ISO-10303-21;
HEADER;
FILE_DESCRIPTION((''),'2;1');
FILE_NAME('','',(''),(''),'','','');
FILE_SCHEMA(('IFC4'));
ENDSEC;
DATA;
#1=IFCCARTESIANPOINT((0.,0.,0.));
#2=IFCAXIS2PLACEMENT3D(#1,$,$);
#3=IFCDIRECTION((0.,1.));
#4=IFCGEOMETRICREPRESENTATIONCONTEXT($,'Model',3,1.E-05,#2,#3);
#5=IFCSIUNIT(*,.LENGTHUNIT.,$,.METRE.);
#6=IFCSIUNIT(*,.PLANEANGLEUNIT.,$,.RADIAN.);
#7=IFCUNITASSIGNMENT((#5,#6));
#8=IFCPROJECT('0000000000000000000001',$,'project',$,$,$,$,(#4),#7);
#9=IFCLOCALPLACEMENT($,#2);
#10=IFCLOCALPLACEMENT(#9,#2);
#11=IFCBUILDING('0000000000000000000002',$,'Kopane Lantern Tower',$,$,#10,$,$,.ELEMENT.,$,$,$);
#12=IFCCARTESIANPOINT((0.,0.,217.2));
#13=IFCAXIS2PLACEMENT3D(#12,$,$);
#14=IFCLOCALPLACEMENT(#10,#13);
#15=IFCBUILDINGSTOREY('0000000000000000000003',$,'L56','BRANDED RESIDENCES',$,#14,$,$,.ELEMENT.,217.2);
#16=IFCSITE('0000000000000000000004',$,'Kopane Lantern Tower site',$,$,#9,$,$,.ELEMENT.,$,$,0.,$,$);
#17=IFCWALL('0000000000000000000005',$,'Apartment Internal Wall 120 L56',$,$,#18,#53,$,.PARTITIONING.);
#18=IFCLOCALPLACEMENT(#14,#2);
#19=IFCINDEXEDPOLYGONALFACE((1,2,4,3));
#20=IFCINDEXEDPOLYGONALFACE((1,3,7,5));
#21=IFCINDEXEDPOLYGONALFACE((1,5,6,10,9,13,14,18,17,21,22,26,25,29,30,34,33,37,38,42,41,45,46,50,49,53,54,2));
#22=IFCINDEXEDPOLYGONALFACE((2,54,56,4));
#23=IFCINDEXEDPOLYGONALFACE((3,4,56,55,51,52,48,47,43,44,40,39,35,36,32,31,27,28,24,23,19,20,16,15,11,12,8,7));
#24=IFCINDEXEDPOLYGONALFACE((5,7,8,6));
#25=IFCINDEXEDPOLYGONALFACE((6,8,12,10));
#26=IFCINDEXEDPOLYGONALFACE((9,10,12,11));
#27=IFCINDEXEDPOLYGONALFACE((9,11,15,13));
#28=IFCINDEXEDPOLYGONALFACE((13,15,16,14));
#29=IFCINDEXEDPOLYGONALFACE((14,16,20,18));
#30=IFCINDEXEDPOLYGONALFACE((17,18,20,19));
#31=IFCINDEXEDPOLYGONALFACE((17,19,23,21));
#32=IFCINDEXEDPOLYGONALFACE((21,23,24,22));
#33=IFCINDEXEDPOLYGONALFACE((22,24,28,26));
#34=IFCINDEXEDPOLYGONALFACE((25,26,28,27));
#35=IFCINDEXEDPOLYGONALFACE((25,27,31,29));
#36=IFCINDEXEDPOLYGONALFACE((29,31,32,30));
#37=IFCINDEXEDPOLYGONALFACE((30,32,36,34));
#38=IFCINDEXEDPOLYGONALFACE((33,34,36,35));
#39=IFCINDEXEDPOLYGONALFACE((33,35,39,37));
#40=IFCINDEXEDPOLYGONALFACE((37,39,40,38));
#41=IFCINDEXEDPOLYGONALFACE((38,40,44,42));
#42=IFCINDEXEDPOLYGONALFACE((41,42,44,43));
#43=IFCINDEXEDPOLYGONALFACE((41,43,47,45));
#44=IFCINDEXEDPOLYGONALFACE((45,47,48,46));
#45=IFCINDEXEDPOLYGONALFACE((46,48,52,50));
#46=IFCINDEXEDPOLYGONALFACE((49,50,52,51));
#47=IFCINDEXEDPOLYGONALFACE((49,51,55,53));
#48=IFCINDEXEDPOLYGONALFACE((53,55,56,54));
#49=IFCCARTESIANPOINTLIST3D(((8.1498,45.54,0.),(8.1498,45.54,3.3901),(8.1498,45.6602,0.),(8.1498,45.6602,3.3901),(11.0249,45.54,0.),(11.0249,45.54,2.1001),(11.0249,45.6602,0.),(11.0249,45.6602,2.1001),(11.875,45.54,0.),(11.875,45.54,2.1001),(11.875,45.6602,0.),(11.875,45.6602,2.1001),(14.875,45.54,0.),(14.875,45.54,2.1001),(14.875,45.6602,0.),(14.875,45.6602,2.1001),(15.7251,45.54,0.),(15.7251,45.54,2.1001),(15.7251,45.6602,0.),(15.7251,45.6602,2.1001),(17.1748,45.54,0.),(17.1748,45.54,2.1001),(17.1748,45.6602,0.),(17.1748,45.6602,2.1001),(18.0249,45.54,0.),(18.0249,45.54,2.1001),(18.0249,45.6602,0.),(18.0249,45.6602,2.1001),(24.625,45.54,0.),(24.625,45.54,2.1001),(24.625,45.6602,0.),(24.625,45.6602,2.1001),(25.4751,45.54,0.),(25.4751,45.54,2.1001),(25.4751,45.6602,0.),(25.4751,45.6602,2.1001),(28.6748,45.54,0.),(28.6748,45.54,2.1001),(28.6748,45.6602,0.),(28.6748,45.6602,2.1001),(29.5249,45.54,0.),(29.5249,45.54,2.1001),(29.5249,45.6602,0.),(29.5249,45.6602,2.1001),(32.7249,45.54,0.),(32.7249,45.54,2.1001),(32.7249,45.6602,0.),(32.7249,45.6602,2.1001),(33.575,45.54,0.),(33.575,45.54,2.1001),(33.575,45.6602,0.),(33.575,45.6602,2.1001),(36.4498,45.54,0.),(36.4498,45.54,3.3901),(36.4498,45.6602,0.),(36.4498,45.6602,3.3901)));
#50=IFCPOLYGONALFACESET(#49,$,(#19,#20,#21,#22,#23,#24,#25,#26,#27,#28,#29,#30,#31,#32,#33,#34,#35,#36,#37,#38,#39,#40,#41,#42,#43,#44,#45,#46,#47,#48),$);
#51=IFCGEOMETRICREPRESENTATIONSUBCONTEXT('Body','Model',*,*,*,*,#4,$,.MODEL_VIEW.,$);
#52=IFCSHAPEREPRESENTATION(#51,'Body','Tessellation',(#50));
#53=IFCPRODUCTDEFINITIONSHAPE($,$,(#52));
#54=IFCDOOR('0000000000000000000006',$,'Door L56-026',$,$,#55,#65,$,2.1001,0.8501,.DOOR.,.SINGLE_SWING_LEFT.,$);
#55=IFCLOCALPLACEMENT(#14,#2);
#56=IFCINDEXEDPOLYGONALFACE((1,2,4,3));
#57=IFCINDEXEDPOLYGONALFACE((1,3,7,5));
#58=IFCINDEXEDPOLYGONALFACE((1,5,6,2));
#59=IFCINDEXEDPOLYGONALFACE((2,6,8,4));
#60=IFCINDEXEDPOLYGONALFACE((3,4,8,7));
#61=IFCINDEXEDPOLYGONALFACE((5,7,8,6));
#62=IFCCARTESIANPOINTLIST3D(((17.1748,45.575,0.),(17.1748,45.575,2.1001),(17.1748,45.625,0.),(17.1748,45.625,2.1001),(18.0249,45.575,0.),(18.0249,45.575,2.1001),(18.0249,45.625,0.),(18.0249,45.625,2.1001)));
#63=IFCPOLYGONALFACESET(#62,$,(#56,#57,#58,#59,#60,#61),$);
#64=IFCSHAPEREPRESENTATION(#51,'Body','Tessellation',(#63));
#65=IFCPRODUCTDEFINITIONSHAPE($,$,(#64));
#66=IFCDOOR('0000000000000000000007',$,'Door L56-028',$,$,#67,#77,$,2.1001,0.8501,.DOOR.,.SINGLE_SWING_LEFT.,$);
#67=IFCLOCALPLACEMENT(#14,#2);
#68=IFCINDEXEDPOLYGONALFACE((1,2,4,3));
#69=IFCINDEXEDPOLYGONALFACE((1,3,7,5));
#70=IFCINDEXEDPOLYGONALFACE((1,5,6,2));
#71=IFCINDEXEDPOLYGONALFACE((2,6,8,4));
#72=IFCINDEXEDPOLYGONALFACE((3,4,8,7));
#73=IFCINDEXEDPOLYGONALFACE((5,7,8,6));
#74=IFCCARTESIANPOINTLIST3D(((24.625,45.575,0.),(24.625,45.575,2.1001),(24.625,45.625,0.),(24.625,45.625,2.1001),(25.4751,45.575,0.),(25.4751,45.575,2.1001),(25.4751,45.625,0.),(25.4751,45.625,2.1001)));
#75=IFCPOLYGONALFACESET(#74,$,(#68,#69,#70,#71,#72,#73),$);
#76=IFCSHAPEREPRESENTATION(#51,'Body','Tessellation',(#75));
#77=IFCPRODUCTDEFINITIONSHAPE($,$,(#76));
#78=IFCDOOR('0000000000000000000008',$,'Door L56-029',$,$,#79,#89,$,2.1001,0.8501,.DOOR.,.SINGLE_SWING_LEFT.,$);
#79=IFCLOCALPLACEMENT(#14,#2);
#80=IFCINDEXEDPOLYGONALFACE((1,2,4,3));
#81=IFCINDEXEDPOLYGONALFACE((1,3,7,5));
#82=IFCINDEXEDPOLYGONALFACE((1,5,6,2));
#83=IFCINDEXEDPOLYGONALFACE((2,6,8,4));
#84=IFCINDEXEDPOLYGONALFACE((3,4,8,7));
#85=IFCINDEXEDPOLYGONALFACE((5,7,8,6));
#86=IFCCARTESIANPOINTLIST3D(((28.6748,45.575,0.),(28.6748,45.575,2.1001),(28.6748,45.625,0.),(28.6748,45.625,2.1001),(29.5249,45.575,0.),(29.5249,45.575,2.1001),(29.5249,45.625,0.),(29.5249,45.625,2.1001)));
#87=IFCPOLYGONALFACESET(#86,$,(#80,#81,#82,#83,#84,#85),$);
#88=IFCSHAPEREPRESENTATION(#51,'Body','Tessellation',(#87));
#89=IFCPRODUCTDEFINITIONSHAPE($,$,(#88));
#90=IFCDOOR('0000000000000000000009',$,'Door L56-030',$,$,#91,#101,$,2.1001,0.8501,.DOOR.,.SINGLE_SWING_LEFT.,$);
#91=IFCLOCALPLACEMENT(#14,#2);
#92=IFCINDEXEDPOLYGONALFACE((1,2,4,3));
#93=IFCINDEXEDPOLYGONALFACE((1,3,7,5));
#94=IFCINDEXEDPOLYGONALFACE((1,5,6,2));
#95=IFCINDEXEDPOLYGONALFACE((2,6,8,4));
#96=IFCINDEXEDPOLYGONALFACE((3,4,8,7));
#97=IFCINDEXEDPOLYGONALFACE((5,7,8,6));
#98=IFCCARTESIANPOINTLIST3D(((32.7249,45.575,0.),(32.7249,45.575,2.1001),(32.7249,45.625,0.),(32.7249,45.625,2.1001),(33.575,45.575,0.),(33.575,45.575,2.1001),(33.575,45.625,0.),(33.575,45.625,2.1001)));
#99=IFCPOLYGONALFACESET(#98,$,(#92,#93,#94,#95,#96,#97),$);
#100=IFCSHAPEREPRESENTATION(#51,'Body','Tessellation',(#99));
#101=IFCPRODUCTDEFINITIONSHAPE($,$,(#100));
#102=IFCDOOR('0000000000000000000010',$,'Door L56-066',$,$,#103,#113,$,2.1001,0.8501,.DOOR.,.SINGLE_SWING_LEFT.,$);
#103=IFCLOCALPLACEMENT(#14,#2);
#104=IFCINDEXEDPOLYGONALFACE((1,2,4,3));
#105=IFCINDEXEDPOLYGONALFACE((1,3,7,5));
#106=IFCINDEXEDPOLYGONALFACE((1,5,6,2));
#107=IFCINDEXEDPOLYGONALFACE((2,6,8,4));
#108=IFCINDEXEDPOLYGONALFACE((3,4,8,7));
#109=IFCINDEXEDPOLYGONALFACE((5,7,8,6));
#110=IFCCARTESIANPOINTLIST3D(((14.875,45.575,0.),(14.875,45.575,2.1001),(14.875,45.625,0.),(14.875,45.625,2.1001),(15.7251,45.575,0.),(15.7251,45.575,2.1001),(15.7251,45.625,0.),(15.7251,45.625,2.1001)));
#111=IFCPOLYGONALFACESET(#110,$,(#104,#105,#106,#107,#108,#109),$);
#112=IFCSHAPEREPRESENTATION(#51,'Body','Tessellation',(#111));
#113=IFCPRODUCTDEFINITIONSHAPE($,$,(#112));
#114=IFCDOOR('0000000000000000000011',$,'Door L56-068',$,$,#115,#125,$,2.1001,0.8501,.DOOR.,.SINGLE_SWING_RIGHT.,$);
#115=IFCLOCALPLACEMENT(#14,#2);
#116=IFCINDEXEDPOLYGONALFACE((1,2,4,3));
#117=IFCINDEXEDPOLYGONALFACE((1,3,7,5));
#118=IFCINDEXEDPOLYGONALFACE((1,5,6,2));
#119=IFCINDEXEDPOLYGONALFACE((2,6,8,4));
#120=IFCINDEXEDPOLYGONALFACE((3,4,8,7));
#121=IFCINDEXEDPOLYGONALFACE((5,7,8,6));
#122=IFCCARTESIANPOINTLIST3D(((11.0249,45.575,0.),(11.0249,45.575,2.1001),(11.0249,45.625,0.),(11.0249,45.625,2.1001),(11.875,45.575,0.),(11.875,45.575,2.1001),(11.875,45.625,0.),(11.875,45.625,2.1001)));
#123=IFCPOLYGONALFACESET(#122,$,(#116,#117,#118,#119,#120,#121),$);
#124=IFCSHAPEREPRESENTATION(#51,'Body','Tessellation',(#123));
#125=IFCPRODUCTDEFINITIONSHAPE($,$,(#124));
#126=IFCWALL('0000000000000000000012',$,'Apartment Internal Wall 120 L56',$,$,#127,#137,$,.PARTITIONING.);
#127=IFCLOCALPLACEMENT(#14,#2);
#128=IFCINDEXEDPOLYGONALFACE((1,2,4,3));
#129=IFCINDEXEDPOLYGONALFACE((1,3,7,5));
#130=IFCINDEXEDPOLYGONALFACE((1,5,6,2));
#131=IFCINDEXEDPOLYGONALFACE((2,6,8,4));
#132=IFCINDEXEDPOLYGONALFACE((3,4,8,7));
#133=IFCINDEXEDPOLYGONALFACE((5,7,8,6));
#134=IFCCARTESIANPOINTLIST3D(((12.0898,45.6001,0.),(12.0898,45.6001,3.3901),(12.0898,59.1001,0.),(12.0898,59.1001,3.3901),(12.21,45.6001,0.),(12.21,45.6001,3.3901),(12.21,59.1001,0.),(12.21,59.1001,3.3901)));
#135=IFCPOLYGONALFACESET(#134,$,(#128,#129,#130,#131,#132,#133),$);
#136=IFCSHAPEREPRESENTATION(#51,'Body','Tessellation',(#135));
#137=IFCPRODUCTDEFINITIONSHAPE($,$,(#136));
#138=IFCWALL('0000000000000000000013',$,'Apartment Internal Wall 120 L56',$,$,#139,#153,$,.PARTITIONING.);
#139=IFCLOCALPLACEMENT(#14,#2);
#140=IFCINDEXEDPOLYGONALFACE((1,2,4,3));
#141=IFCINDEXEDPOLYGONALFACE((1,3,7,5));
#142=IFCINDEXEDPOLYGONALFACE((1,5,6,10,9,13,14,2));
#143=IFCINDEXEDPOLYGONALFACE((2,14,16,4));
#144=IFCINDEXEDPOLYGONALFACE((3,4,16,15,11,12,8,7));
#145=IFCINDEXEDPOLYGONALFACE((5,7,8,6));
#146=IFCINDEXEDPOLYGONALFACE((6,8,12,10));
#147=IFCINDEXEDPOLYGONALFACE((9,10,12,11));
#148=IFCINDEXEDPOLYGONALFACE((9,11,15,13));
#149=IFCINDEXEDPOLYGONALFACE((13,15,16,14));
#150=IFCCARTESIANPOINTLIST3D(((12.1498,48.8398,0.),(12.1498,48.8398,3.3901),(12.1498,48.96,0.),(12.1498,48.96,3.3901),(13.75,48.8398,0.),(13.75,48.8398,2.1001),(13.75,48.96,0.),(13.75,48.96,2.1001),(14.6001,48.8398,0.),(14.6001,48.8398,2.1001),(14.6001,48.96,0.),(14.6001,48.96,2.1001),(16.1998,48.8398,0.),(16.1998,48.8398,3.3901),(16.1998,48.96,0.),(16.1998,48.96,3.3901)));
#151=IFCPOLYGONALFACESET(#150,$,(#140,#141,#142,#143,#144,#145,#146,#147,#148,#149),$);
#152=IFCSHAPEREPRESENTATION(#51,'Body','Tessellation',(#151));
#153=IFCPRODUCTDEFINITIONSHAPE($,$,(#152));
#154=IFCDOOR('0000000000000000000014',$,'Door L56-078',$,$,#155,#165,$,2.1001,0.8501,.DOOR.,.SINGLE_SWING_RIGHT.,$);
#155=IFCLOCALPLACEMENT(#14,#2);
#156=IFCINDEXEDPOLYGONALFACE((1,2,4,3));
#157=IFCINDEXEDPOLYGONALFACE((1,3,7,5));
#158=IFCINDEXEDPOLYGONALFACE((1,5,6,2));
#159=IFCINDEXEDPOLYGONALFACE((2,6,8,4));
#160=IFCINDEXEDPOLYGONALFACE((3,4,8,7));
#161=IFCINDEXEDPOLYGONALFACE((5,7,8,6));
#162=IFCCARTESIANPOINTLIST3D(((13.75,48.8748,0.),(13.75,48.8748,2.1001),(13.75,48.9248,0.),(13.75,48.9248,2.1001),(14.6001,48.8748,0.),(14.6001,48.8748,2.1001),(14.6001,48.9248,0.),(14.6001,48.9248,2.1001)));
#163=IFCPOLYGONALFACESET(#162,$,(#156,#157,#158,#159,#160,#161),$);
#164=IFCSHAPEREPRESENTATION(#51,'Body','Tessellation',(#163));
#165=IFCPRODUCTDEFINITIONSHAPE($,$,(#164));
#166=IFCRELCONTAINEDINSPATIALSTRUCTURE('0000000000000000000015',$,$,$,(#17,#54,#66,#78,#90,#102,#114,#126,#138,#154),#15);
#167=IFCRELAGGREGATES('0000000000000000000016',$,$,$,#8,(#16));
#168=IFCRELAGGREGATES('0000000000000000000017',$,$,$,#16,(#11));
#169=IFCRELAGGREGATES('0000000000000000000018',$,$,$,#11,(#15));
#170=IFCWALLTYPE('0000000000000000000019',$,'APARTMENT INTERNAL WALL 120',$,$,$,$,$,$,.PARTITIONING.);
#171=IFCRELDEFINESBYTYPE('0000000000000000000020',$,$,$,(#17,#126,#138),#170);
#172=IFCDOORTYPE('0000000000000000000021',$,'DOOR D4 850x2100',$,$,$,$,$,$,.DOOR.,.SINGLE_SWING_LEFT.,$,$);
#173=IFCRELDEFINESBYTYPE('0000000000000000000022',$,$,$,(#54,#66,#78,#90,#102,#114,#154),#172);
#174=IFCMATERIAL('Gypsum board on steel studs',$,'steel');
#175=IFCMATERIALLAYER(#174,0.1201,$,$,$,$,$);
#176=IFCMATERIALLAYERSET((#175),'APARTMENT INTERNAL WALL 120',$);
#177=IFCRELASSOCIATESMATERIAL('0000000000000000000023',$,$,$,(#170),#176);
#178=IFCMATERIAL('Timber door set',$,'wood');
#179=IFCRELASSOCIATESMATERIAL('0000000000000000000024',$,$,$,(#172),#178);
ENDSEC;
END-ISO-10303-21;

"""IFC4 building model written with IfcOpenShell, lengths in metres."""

from ifc_helpers import new_model, si_unit, direction, frame, frame_2d, origin, place, context, subcontext, project, spatial, rectangle, extrude, material, layer, layer_set, type_object, element, fill, save


model = new_model("IFC4")

# Units and contexts
model_context = context("Model", 3, precision=1e-05, world=origin(), true_north=direction((0.0, 1.0)))
body_context = subcontext(model_context, "Body", "Model", "MODEL_VIEW")
ifc_project = project(units=[si_unit("LENGTHUNIT", "METRE"), si_unit("PLANEANGLEUNIT", "RADIAN")], contexts=[model_context])

# Site, building, storey
site_placement = place(None, origin())
site = spatial("IfcSite", under=ifc_project, at=site_placement, Name="Kopane Lantern Tower site", CompositionType="ELEMENT", RefElevation=0.0)
building_placement = place(site_placement, origin())
building = spatial("IfcBuilding", under=site, at=building_placement, Name="Kopane Lantern Tower", CompositionType="ELEMENT")
storey_placement = place(building_placement, frame((0.0, 0.0, 217.2)))
storey = spatial("IfcBuildingStorey", under=building, at=storey_placement, Name="L56", Description="BRANDED RESIDENCES", CompositionType="ELEMENT", Elevation=217.2)

# Wall, openings, doors
ifc_material_1 = material(Name="Gypsum board on steel studs", Category="steel")
ifc_layer = layer(ifc_material_1, 0.1201)
ifc_layer_set = layer_set([ifc_layer], Name="APARTMENT INTERNAL WALL 120")
wall_type = type_object("IfcWallType", Name="APARTMENT INTERNAL WALL 120", PredefinedType="PARTITIONING", material=ifc_layer_set)
wall_1_placement = place(storey_placement, frame((8.1499, 45.6001, 0.0), z_axis=(0.0, 0.0, 1.0), x_axis=(1.0, 0.0, 0.0)))
wall_1 = element("IfcWall", 1, at=wall_1_placement, inside=storey, type_object=wall_type, Name="Apartment Internal Wall 120 L56", PredefinedType="PARTITIONING", context=body_context, shape_type="SweptSolid", body=[
    extrude(rectangle(XDim=28.3, YDim=0.1201, at=frame_2d((14.1499, 0.0))), origin(), (0.0, 0.0, 1.0), 3.3901),
])
opening_1_placement = place(wall_1_placement, frame((9.0249, 0.0, 0.0)))
opening_1 = element("IfcOpeningElement", 2, at=opening_1_placement, cuts=wall_1, PredefinedType="OPENING", context=body_context, shape_type="SweptSolid", body=[
    extrude(rectangle(XDim=0.8501, YDim=2.1001, at=frame_2d((0.425, 1.05))), frame((0.0, 0.0701, 0.0), z_axis=(0.0, -1.0, 0.0), x_axis=(1.0, 0.0, 0.0)), (0.0, 0.0, 1.0), 0.1401),
])
opening_2_placement = place(wall_1_placement, frame((16.4751, 0.0, 0.0)))
opening_2 = element("IfcOpeningElement", 3, at=opening_2_placement, cuts=wall_1, PredefinedType="OPENING", context=body_context, shape_type="SweptSolid", body=[
    extrude(rectangle(XDim=0.8501, YDim=2.1001, at=frame_2d((0.425, 1.05))), frame((0.0, 0.0701, 0.0), z_axis=(0.0, -1.0, 0.0), x_axis=(1.0, 0.0, 0.0)), (0.0, 0.0, 1.0), 0.1401),
])
opening_3_placement = place(wall_1_placement, frame((20.5249, 0.0, 0.0)))
opening_3 = element("IfcOpeningElement", 4, at=opening_3_placement, cuts=wall_1, PredefinedType="OPENING", context=body_context, shape_type="SweptSolid", body=[
    extrude(rectangle(XDim=0.8501, YDim=2.1001, at=frame_2d((0.425, 1.05))), frame((0.0, 0.0701, 0.0), z_axis=(0.0, -1.0, 0.0), x_axis=(1.0, 0.0, 0.0)), (0.0, 0.0, 1.0), 0.1401),
])
opening_4_placement = place(wall_1_placement, frame((24.575, 0.0, 0.0)))
opening_4 = element("IfcOpeningElement", 5, at=opening_4_placement, cuts=wall_1, PredefinedType="OPENING", context=body_context, shape_type="SweptSolid", body=[
    extrude(rectangle(XDim=0.8501, YDim=2.1001, at=frame_2d((0.425, 1.05))), frame((0.0, 0.0701, 0.0), z_axis=(0.0, -1.0, 0.0), x_axis=(1.0, 0.0, 0.0)), (0.0, 0.0, 1.0), 0.1401),
])
opening_5_placement = place(wall_1_placement, frame((6.7251, 0.0, 0.0)))
opening_5 = element("IfcOpeningElement", 6, at=opening_5_placement, cuts=wall_1, PredefinedType="OPENING", context=body_context, shape_type="SweptSolid", body=[
    extrude(rectangle(XDim=0.8501, YDim=2.1001, at=frame_2d((0.425, 1.05))), frame((0.0, 0.0701, 0.0), z_axis=(0.0, -1.0, 0.0), x_axis=(1.0, 0.0, 0.0)), (0.0, 0.0, 1.0), 0.1401),
])
opening_6_placement = place(wall_1_placement, frame((2.875, 0.0, 0.0)))
opening_6 = element("IfcOpeningElement", 7, at=opening_6_placement, cuts=wall_1, PredefinedType="OPENING", context=body_context, shape_type="SweptSolid", body=[
    extrude(rectangle(XDim=0.8501, YDim=2.1001, at=frame_2d((0.425, 1.05))), frame((0.0, 0.0701, 0.0), z_axis=(0.0, -1.0, 0.0), x_axis=(1.0, 0.0, 0.0)), (0.0, 0.0, 1.0), 0.1401),
])
ifc_material_2 = material(Name="Timber door set", Category="wood")
door_type = type_object("IfcDoorType", Name="DOOR D4 850x2100", OperationType="SINGLE_SWING_LEFT", PredefinedType="DOOR", material=ifc_material_2)
door_1_placement = place(opening_1_placement, origin())
door_1 = element("IfcDoor", 8, at=door_1_placement, inside=storey, type_object=door_type, Name="Door L56-026", OperationType="SINGLE_SWING_LEFT", OverallHeight=2.1001, OverallWidth=0.8501, PredefinedType="DOOR", context=body_context, shape_type="SweptSolid", body=[
    extrude(rectangle(XDim=0.8501, YDim=2.1001, at=frame_2d((0.425, 1.05))), frame((0.0, 0.0249, 0.0), z_axis=(0.0, -1.0, 0.0), x_axis=(1.0, 0.0, 0.0)), (0.0, 0.0, 1.0), 0.05),
])
fill(opening_1, door_1)
door_2_placement = place(opening_2_placement, origin())
door_2 = element("IfcDoor", 9, at=door_2_placement, inside=storey, type_object=door_type, Name="Door L56-028", OperationType="SINGLE_SWING_LEFT", OverallHeight=2.1001, OverallWidth=0.8501, PredefinedType="DOOR", context=body_context, shape_type="SweptSolid", body=[
    extrude(rectangle(XDim=0.8501, YDim=2.1001, at=frame_2d((0.425, 1.05))), frame((0.0, 0.0249, 0.0), z_axis=(0.0, -1.0, 0.0), x_axis=(1.0, 0.0, 0.0)), (0.0, 0.0, 1.0), 0.05),
])
fill(opening_2, door_2)
door_3_placement = place(opening_3_placement, origin())
door_3 = element("IfcDoor", 10, at=door_3_placement, inside=storey, type_object=door_type, Name="Door L56-029", OperationType="SINGLE_SWING_LEFT", OverallHeight=2.1001, OverallWidth=0.8501, PredefinedType="DOOR", context=body_context, shape_type="SweptSolid", body=[
    extrude(rectangle(XDim=0.8501, YDim=2.1001, at=frame_2d((0.425, 1.05))), frame((0.0, 0.0249, 0.0), z_axis=(0.0, -1.0, 0.0), x_axis=(1.0, 0.0, 0.0)), (0.0, 0.0, 1.0), 0.05),
])
fill(opening_3, door_3)
door_4_placement = place(opening_4_placement, origin())
door_4 = element("IfcDoor", 11, at=door_4_placement, inside=storey, type_object=door_type, Name="Door L56-030", OperationType="SINGLE_SWING_LEFT", OverallHeight=2.1001, OverallWidth=0.8501, PredefinedType="DOOR", context=body_context, shape_type="SweptSolid", body=[
    extrude(rectangle(XDim=0.8501, YDim=2.1001, at=frame_2d((0.425, 1.05))), frame((0.0, 0.0249, 0.0), z_axis=(0.0, -1.0, 0.0), x_axis=(1.0, 0.0, 0.0)), (0.0, 0.0, 1.0), 0.05),
])
fill(opening_4, door_4)
door_5_placement = place(opening_5_placement, origin())
door_5 = element("IfcDoor", 12, at=door_5_placement, inside=storey, type_object=door_type, Name="Door L56-066", OperationType="SINGLE_SWING_LEFT", OverallHeight=2.1001, OverallWidth=0.8501, PredefinedType="DOOR", context=body_context, shape_type="SweptSolid", body=[
    extrude(rectangle(XDim=0.8501, YDim=2.1001, at=frame_2d((0.425, 1.05))), frame((0.0, 0.0249, 0.0), z_axis=(0.0, -1.0, 0.0), x_axis=(1.0, 0.0, 0.0)), (0.0, 0.0, 1.0), 0.05),
])
fill(opening_5, door_5)
door_6_placement = place(opening_6_placement, origin())
door_6 = element("IfcDoor", 13, at=door_6_placement, inside=storey, type_object=door_type, Name="Door L56-068", OperationType="SINGLE_SWING_RIGHT", OverallHeight=2.1001, OverallWidth=0.8501, PredefinedType="DOOR", context=body_context, shape_type="SweptSolid", body=[
    extrude(rectangle(XDim=0.8501, YDim=2.1001, at=frame_2d((0.425, 1.05))), frame((0.0, 0.0249, 0.0), z_axis=(0.0, -1.0, 0.0), x_axis=(1.0, 0.0, 0.0)), (0.0, 0.0, 1.0), 0.05),
])
fill(opening_6, door_6)

# Wall
wall_2_placement = place(storey_placement, frame((12.1499, 45.6001, 0.0), z_axis=(0.0, 0.0, 1.0), x_axis=(0.0, 1.0, 0.0)))
element("IfcWall", 14, at=wall_2_placement, inside=storey, type_object=wall_type, Name="Apartment Internal Wall 120 L56", PredefinedType="PARTITIONING", context=body_context, shape_type="SweptSolid", body=[
    extrude(rectangle(XDim=13.5, YDim=0.1201, at=frame_2d((6.75, 0.0))), origin(), (0.0, 0.0, 1.0), 3.3901),
])

# Wall, opening, door
wall_3_placement = place(storey_placement, frame((12.1499, 48.8999, 0.0), z_axis=(0.0, 0.0, 1.0), x_axis=(1.0, 0.0, 0.0)))
wall_3 = element("IfcWall", 15, at=wall_3_placement, inside=storey, type_object=wall_type, Name="Apartment Internal Wall 120 L56", PredefinedType="PARTITIONING", context=body_context, shape_type="SweptSolid", body=[
    extrude(rectangle(XDim=4.05, YDim=0.1201, at=frame_2d((2.0249, 0.0))), origin(), (0.0, 0.0, 1.0), 3.3901),
])
opening_7_placement = place(wall_3_placement, frame((1.6001, 0.0, 0.0)))
opening_7 = element("IfcOpeningElement", 16, at=opening_7_placement, cuts=wall_3, PredefinedType="OPENING", context=body_context, shape_type="SweptSolid", body=[
    extrude(rectangle(XDim=0.8501, YDim=2.1001, at=frame_2d((0.425, 1.05))), frame((0.0, 0.0701, 0.0), z_axis=(0.0, -1.0, 0.0), x_axis=(1.0, 0.0, 0.0)), (0.0, 0.0, 1.0), 0.1401),
])
door_7_placement = place(opening_7_placement, origin())
door_7 = element("IfcDoor", 17, at=door_7_placement, inside=storey, type_object=door_type, Name="Door L56-078", OperationType="SINGLE_SWING_RIGHT", OverallHeight=2.1001, OverallWidth=0.8501, PredefinedType="DOOR", context=body_context, shape_type="SweptSolid", body=[
    extrude(rectangle(XDim=0.8501, YDim=2.1001, at=frame_2d((0.425, 1.05))), frame((0.0, 0.0249, 0.0), z_axis=(0.0, -1.0, 0.0), x_axis=(1.0, 0.0, 0.0)), (0.0, 0.0, 1.0), 0.05),
])
fill(opening_7, door_7)

save(model, "model.ifc")
